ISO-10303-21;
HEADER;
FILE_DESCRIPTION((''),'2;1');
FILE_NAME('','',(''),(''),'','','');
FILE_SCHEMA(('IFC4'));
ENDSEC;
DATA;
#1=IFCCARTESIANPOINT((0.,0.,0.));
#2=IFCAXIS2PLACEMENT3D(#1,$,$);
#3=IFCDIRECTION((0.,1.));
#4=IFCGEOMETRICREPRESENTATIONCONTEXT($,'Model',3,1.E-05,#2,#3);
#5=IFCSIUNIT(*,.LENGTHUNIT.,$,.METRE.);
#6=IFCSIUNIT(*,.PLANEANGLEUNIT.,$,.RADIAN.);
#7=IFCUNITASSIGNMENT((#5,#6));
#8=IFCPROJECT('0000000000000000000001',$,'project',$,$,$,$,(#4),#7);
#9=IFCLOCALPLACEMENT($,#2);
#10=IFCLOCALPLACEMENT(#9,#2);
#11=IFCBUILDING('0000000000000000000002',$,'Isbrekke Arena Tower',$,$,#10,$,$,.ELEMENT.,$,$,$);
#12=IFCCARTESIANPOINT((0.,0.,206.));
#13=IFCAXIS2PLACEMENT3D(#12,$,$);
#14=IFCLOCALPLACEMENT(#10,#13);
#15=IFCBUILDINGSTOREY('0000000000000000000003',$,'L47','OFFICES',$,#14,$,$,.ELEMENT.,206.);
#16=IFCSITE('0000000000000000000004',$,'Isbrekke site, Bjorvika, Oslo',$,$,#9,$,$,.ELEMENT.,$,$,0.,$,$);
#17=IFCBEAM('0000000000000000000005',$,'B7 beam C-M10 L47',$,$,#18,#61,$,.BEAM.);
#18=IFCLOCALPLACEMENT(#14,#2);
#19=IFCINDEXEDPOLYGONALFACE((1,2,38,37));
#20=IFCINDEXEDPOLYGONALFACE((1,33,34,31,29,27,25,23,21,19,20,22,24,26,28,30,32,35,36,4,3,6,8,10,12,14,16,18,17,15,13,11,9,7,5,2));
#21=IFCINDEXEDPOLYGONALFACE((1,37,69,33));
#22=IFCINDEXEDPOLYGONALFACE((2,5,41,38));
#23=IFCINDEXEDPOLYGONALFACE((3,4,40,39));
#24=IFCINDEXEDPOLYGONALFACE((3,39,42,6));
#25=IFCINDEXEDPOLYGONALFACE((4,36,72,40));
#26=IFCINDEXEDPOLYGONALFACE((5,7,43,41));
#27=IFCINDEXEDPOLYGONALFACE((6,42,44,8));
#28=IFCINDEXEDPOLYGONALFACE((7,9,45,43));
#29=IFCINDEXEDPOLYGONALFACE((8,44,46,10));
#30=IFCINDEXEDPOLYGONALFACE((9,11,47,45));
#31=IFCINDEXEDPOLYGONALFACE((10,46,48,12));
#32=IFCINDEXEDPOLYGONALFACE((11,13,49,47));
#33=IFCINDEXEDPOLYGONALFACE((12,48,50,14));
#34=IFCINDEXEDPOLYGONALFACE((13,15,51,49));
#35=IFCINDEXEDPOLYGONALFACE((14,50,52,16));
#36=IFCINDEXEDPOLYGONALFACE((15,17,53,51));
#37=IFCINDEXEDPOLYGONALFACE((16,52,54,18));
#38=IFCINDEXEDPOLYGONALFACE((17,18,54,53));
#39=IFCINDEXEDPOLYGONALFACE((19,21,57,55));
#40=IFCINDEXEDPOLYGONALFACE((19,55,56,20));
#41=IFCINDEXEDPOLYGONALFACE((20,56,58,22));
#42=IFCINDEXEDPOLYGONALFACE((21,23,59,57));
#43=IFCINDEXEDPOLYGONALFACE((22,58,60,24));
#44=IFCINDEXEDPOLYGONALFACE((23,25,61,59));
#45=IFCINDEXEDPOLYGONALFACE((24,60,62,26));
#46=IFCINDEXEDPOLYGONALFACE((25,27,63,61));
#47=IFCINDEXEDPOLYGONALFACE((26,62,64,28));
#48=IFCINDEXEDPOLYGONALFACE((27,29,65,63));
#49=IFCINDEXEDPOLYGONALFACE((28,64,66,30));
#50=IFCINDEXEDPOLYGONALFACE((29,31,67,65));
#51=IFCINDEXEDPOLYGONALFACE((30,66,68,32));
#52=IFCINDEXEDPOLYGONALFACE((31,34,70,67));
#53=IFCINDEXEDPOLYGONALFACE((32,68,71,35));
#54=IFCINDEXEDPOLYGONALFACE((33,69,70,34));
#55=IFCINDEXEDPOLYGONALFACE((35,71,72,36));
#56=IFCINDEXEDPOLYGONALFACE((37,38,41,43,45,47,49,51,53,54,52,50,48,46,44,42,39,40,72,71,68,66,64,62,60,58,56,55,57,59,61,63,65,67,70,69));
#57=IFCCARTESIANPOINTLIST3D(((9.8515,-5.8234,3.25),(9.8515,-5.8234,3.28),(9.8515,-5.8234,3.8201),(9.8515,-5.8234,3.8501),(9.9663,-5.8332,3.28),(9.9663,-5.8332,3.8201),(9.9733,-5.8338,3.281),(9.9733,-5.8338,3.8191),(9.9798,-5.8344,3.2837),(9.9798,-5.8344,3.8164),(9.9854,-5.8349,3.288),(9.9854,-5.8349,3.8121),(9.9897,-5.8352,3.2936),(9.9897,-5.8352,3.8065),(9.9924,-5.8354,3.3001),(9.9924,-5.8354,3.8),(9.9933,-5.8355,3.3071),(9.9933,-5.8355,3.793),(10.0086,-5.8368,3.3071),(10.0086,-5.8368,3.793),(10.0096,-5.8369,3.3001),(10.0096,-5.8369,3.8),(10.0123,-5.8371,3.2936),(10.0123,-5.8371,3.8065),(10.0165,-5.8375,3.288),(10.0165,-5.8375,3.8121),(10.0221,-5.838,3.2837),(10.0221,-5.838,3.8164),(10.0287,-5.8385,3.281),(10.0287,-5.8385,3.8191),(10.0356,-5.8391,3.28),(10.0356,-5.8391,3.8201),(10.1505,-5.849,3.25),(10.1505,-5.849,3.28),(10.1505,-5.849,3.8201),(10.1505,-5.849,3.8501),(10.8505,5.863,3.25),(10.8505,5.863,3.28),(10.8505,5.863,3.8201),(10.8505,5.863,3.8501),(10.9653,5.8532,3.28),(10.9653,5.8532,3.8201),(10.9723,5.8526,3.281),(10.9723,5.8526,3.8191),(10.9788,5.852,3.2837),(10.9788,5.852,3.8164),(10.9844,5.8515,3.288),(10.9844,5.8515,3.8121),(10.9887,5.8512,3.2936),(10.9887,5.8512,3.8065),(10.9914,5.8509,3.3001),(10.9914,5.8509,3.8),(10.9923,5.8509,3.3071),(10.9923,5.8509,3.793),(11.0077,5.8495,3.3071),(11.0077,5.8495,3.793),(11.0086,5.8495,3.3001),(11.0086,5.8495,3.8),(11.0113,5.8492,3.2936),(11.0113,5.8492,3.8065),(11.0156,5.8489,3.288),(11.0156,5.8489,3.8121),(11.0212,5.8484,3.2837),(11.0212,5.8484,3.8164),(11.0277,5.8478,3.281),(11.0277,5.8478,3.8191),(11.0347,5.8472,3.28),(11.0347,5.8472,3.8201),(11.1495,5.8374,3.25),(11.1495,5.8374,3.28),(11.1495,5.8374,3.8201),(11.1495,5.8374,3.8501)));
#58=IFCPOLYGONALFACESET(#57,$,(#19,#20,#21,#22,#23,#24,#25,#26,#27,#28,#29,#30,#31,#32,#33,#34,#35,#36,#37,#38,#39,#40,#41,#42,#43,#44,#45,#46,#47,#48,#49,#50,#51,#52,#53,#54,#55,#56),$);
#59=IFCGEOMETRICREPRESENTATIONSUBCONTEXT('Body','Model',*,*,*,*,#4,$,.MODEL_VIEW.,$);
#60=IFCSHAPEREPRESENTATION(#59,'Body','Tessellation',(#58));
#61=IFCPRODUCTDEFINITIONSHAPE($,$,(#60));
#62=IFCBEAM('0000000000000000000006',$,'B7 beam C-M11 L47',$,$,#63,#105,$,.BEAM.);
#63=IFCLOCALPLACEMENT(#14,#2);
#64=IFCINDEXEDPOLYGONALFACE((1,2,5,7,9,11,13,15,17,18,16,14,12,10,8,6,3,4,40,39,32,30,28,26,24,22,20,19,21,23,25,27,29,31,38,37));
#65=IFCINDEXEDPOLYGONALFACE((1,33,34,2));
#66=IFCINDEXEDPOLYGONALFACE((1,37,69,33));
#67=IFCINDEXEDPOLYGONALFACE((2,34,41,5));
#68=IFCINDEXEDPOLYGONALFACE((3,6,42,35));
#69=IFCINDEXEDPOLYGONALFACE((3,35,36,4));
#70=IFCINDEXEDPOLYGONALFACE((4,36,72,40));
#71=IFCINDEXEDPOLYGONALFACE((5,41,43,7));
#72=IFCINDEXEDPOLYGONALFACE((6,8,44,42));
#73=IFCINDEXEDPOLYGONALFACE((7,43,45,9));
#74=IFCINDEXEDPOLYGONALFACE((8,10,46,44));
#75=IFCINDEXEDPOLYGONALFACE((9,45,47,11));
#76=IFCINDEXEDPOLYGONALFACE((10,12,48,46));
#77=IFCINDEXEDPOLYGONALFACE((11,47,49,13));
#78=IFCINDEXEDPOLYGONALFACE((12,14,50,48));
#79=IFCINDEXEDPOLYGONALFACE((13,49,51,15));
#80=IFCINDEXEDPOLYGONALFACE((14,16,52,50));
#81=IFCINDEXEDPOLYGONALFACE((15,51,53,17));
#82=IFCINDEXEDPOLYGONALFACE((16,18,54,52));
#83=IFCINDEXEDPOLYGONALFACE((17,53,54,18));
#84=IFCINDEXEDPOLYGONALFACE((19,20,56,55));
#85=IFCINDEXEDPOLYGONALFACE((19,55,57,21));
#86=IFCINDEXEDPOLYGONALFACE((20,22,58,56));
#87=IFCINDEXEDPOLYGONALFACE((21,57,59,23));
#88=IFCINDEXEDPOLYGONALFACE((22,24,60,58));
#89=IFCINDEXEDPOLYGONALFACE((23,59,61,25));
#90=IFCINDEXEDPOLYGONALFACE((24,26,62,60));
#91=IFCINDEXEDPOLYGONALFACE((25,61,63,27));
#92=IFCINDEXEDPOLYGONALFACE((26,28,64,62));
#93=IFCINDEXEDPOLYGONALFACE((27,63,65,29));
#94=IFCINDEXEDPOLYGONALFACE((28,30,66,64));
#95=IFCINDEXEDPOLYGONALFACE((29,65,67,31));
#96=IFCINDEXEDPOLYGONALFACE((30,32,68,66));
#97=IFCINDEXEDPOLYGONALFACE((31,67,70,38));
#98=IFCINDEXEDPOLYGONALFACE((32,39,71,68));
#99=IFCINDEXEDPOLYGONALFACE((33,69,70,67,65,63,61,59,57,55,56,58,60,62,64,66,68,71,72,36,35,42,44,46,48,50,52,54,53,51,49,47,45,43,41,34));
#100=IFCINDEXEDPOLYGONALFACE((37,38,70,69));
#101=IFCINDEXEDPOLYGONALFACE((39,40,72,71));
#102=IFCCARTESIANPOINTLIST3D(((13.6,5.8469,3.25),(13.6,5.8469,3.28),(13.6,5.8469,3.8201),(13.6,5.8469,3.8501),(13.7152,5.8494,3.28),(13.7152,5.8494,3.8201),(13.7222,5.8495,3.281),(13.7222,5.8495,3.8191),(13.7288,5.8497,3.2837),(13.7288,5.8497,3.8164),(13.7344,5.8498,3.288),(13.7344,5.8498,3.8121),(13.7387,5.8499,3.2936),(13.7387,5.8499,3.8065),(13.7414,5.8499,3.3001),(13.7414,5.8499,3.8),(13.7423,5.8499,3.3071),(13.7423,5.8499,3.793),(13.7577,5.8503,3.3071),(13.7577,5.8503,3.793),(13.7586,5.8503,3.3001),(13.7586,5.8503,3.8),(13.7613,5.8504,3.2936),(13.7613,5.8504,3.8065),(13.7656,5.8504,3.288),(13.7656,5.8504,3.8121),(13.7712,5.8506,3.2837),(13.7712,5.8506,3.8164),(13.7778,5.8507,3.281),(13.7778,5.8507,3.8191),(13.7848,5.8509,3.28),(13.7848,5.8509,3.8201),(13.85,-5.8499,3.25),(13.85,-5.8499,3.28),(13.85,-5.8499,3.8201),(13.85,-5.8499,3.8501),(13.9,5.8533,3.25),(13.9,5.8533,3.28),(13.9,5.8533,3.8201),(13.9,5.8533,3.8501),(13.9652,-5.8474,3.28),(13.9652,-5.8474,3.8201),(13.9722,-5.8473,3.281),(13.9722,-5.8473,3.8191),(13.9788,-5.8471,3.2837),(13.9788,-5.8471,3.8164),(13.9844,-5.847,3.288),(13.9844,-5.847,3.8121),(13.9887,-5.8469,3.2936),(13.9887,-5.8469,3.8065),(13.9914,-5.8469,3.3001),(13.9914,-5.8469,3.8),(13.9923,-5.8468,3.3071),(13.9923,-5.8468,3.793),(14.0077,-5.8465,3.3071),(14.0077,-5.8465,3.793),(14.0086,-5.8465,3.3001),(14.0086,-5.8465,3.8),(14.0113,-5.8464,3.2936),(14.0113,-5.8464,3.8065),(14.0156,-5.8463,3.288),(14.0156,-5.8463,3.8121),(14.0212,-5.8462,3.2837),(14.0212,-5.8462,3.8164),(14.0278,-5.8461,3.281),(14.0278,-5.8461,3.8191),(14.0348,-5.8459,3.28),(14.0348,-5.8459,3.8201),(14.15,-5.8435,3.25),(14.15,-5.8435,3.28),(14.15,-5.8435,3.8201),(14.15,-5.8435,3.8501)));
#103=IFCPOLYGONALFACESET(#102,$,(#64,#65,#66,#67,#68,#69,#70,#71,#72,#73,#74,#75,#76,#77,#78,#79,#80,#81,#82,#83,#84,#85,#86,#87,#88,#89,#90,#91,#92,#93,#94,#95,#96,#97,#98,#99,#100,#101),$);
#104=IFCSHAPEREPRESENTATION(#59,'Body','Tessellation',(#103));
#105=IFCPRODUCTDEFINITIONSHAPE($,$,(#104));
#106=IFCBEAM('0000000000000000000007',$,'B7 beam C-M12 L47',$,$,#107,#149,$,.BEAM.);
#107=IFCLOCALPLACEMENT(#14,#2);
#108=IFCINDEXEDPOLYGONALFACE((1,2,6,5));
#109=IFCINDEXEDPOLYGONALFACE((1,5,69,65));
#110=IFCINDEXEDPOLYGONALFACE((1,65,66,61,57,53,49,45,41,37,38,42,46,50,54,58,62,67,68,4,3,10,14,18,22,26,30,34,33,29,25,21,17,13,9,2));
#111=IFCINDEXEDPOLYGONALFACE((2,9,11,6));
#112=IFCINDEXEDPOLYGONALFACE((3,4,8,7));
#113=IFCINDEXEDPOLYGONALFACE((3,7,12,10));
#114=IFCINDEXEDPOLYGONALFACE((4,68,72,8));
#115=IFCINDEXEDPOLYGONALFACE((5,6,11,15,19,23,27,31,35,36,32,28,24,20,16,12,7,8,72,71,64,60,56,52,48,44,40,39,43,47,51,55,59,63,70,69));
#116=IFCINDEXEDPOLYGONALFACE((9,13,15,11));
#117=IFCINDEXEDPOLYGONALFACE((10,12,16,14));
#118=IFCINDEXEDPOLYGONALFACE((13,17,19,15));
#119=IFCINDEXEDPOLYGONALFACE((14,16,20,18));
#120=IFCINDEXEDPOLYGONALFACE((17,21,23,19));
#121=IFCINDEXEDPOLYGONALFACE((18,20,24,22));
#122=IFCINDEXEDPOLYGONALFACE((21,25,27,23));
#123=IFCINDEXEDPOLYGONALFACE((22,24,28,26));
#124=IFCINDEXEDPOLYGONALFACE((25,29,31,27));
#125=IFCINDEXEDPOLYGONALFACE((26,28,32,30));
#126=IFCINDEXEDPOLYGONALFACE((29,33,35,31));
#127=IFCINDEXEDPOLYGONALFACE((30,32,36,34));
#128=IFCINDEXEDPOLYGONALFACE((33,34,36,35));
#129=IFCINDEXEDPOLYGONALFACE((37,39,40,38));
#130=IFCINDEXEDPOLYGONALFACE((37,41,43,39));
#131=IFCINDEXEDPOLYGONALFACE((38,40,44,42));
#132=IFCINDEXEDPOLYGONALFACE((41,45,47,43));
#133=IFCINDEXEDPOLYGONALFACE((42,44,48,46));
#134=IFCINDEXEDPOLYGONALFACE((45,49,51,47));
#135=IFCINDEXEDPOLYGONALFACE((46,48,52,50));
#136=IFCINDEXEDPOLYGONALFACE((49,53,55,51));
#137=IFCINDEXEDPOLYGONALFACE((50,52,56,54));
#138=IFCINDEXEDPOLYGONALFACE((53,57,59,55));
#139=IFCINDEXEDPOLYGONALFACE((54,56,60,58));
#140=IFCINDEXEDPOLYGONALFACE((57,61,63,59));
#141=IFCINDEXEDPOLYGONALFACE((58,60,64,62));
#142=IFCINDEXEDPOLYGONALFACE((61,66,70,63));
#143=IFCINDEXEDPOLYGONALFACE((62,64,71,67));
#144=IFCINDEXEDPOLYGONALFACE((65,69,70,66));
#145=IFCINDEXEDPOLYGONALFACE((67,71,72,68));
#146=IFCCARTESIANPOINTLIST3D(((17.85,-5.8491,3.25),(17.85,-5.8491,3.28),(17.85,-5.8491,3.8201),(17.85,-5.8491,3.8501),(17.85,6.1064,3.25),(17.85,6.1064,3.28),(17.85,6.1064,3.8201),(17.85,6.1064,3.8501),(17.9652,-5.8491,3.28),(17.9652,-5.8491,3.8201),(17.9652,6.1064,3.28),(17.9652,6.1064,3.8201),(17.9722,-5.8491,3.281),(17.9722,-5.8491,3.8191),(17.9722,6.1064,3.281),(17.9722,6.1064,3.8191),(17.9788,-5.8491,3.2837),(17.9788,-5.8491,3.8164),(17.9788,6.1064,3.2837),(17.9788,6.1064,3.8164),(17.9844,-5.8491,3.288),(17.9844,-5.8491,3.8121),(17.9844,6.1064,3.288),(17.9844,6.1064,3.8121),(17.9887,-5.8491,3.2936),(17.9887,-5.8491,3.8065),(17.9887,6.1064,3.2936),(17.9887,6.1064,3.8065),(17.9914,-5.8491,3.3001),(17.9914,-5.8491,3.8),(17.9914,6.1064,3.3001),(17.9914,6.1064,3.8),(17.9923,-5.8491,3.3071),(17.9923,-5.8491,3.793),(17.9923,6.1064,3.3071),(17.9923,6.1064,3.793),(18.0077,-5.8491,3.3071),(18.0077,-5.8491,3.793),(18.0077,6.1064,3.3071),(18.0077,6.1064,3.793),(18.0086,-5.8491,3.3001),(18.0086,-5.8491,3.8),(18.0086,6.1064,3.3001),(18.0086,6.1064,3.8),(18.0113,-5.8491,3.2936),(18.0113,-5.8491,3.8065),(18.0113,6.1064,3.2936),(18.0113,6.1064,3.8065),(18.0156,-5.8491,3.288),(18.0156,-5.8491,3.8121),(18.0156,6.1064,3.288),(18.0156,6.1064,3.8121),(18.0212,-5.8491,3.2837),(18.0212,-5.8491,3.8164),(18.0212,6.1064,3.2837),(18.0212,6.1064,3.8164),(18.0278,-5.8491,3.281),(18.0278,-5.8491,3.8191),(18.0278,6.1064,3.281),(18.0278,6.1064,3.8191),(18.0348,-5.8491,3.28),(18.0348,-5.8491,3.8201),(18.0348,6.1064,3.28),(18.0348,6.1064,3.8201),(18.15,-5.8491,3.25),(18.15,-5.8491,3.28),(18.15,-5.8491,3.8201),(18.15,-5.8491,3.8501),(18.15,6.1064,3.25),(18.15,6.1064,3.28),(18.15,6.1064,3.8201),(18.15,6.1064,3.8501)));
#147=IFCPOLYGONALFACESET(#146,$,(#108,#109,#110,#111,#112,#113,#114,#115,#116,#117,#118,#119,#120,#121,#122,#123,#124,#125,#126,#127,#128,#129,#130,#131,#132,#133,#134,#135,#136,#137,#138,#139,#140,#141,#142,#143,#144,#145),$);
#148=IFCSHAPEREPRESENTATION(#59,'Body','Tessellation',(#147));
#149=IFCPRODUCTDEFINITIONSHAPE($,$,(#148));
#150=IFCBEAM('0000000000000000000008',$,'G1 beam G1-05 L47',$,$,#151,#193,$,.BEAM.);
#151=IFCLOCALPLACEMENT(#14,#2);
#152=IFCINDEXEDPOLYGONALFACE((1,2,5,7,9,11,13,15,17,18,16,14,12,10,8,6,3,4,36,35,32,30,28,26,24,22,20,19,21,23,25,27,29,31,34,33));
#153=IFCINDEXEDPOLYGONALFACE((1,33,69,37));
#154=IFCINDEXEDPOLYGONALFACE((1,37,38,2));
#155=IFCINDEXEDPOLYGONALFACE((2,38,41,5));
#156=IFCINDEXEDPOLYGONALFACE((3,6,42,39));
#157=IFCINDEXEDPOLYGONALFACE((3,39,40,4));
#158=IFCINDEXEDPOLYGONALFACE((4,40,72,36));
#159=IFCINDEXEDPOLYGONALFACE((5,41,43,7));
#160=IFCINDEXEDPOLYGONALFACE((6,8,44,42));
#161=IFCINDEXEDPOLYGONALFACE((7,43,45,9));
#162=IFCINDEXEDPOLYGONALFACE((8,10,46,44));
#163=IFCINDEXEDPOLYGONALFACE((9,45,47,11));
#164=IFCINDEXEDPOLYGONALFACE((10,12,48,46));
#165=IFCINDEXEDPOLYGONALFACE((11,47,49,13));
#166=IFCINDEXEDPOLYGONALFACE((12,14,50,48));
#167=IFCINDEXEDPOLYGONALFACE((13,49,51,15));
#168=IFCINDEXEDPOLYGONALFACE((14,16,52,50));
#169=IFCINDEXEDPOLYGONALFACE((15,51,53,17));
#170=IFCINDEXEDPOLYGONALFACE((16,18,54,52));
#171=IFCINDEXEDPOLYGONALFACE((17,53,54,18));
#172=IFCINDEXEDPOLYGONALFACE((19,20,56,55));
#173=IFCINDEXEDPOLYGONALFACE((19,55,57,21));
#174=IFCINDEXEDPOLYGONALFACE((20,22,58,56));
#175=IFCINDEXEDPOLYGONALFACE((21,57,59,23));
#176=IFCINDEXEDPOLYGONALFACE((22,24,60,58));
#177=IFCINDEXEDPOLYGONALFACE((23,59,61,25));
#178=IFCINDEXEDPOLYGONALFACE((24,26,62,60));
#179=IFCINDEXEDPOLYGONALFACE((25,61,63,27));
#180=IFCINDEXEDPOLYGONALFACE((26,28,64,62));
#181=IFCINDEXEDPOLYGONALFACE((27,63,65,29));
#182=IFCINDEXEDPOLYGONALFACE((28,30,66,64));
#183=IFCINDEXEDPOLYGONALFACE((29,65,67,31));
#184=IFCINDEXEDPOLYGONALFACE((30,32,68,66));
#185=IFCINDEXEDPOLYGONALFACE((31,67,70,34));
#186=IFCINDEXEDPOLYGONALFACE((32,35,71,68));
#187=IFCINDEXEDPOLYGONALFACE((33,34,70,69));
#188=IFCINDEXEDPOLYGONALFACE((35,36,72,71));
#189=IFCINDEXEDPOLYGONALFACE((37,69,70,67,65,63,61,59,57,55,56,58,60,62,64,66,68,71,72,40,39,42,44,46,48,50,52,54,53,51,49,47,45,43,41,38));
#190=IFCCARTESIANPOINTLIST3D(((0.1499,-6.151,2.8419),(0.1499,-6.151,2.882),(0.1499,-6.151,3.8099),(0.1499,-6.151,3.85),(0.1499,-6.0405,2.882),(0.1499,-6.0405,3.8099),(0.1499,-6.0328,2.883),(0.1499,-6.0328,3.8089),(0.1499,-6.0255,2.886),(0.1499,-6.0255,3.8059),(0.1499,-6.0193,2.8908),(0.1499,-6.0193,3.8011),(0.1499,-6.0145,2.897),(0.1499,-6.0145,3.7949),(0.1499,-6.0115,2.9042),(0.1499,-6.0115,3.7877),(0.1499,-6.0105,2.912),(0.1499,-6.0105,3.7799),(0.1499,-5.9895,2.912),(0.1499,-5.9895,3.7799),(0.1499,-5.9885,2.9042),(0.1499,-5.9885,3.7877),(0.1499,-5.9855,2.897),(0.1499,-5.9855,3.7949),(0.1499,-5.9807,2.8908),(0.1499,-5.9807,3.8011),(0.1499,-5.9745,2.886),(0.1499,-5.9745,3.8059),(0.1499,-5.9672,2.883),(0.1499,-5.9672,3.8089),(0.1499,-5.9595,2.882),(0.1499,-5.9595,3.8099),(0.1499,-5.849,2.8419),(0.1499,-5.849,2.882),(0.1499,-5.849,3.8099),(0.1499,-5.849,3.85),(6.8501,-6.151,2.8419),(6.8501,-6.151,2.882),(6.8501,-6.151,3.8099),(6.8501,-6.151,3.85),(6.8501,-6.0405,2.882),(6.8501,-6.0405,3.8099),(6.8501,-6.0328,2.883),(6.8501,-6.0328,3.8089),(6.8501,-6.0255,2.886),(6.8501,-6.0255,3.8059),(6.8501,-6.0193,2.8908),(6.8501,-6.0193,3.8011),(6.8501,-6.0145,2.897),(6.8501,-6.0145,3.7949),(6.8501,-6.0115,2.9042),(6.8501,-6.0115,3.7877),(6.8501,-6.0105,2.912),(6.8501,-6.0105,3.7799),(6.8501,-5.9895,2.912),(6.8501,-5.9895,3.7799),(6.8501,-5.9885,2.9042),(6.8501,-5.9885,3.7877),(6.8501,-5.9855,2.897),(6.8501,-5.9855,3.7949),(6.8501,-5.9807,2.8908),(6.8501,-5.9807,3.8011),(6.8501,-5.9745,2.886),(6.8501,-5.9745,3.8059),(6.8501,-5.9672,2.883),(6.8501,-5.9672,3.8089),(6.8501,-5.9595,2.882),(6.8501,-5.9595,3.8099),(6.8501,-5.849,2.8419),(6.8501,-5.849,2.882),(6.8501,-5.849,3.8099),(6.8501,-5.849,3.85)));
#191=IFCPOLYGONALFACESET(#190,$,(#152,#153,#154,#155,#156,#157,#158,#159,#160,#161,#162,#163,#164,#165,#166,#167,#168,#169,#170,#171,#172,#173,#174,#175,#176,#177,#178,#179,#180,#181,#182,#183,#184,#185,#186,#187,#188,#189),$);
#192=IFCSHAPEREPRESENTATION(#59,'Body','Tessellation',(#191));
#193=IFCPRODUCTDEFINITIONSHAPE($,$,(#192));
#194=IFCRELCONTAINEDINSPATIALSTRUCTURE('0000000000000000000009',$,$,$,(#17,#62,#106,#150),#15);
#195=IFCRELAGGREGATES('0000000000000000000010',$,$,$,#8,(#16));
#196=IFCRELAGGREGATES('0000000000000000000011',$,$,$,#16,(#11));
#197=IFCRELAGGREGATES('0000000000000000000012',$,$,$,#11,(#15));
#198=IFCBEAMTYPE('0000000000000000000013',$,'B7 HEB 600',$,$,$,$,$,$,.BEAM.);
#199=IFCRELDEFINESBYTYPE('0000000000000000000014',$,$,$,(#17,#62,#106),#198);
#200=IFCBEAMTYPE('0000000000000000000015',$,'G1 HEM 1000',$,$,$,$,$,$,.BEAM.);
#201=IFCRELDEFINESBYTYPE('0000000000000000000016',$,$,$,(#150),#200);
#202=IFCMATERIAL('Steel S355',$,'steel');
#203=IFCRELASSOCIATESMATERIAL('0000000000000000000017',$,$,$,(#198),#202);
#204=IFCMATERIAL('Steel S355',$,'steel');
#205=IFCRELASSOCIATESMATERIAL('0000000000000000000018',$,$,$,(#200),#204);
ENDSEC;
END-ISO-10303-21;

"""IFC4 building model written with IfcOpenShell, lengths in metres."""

from ifc_helpers import new_model, si_unit, direction, frame, origin, origin_2d, place, context, subcontext, project, spatial, i_section, extrude, material, material_profile, profile_set, type_object, element, save


model = new_model("IFC4")

# Units and contexts
model_context = context("Model", 3, precision=1e-05, world=origin(), true_north=direction((0.0, 1.0)))
body_context = subcontext(model_context, "Body", "Model", "MODEL_VIEW")
ifc_project = project(units=[si_unit("LENGTHUNIT", "METRE"), si_unit("PLANEANGLEUNIT", "RADIAN")], contexts=[model_context])

# Site, building, storey
site_placement = place(None, origin())
site = spatial("IfcSite", under=ifc_project, at=site_placement, Name="Isbrekke site, Bjorvika, Oslo", CompositionType="ELEMENT", RefElevation=0.0)
building_placement = place(site_placement, origin())
building = spatial("IfcBuilding", under=site, at=building_placement, Name="Isbrekke Arena Tower", CompositionType="ELEMENT")
storey_placement = place(building_placement, frame((0.0, 0.0, 206.0)))
storey = spatial("IfcBuildingStorey", under=building, at=storey_placement, Name="L47", Description="OFFICES", CompositionType="ELEMENT", Elevation=206.0)

# Beams
ifc_material_1 = material(Name="Steel S355", Category="steel")
ifc_material_profile_1 = material_profile(ifc_material_1, i_section(OverallWidth=0.3, OverallDepth=0.6001, WebThickness=0.0154, FlangeThickness=0.03, FilletRadius=0.0271, at=origin_2d()), Name="HEB 600")
ifc_profile_set_1 = profile_set([ifc_material_profile_1], Name="Steel S355")
beam_type_1 = type_object("IfcBeamType", Name="B7 HEB 600", PredefinedType="BEAM", material=ifc_profile_set_1)
beam_1_placement = place(storey_placement, frame((10.001, -5.8362, 3.55), z_axis=(0.085176, 0.996366, 0.0), x_axis=(-0.996366, 0.085176, 0.0)))
element("IfcBeam", 1, at=beam_1_placement, inside=storey, type_object=beam_type_1, Name="B7 beam C-M10 L47", PredefinedType="BEAM", context=body_context, shape_type="SweptSolid", body=[
    extrude(i_section(OverallWidth=0.3, OverallDepth=0.6001, WebThickness=0.0154, FlangeThickness=0.03, FilletRadius=0.0271, at=origin_2d()), origin(), (0.0, 0.0, 1.0), 11.729),
])
beam_2_placement = place(storey_placement, frame((14.0, -5.8467, 3.55), z_axis=(-0.021369, 0.999772, 0.0), x_axis=(-0.999772, -0.021369, 0.0)))
element("IfcBeam", 2, at=beam_2_placement, inside=storey, type_object=beam_type_1, Name="B7 beam C-M11 L47", PredefinedType="BEAM", context=body_context, shape_type="SweptSolid", body=[
    extrude(i_section(OverallWidth=0.3, OverallDepth=0.6001, WebThickness=0.0154, FlangeThickness=0.03, FilletRadius=0.0271, at=origin_2d()), origin(), (0.0, 0.0, 1.0), 11.6995),
])
beam_3_placement = place(storey_placement, frame((18.0, -5.8491, 3.55), z_axis=(0.0, 1.0, 0.0), x_axis=(-1.0, 0.0, 0.0)))
element("IfcBeam", 3, at=beam_3_placement, inside=storey, type_object=beam_type_1, Name="B7 beam C-M12 L47", PredefinedType="BEAM", context=body_context, shape_type="SweptSolid", body=[
    extrude(i_section(OverallWidth=0.3, OverallDepth=0.6001, WebThickness=0.0154, FlangeThickness=0.03, FilletRadius=0.0271, at=origin_2d()), origin(), (0.0, 0.0, 1.0), 11.9556),
])
ifc_material_2 = material(Name="Steel S355", Category="steel")
ifc_material_profile_2 = material_profile(ifc_material_2, i_section(OverallWidth=0.302, OverallDepth=1.0081, WebThickness=0.021, FlangeThickness=0.04, FilletRadius=0.03, at=origin_2d()), Name="HEM 1000")
ifc_profile_set_2 = profile_set([ifc_material_profile_2], Name="Steel S355")
beam_type_2 = type_object("IfcBeamType", Name="G1 HEM 1000", PredefinedType="BEAM", material=ifc_profile_set_2)
for number, where, z_axis, x_axis, name in (
    (4, (0.1499, -6.0, 3.3459), (1.0, 0.0, 0.0), (0.0, 1.0, 0.0), "G1 beam G1-05 L47"),
):
    element("IfcBeam", number, at=place(storey_placement, frame(where, z_axis=z_axis, x_axis=x_axis)), inside=storey, type_object=beam_type_2, Name=name, PredefinedType="BEAM", context=body_context, shape_type="SweptSolid", body=[
        extrude(i_section(OverallWidth=0.302, OverallDepth=1.0081, WebThickness=0.021, FlangeThickness=0.04, FilletRadius=0.03, at=origin_2d()), origin(), (0.0, 0.0, 1.0), 6.7002),
    ])

save(model, "model.ifc")
